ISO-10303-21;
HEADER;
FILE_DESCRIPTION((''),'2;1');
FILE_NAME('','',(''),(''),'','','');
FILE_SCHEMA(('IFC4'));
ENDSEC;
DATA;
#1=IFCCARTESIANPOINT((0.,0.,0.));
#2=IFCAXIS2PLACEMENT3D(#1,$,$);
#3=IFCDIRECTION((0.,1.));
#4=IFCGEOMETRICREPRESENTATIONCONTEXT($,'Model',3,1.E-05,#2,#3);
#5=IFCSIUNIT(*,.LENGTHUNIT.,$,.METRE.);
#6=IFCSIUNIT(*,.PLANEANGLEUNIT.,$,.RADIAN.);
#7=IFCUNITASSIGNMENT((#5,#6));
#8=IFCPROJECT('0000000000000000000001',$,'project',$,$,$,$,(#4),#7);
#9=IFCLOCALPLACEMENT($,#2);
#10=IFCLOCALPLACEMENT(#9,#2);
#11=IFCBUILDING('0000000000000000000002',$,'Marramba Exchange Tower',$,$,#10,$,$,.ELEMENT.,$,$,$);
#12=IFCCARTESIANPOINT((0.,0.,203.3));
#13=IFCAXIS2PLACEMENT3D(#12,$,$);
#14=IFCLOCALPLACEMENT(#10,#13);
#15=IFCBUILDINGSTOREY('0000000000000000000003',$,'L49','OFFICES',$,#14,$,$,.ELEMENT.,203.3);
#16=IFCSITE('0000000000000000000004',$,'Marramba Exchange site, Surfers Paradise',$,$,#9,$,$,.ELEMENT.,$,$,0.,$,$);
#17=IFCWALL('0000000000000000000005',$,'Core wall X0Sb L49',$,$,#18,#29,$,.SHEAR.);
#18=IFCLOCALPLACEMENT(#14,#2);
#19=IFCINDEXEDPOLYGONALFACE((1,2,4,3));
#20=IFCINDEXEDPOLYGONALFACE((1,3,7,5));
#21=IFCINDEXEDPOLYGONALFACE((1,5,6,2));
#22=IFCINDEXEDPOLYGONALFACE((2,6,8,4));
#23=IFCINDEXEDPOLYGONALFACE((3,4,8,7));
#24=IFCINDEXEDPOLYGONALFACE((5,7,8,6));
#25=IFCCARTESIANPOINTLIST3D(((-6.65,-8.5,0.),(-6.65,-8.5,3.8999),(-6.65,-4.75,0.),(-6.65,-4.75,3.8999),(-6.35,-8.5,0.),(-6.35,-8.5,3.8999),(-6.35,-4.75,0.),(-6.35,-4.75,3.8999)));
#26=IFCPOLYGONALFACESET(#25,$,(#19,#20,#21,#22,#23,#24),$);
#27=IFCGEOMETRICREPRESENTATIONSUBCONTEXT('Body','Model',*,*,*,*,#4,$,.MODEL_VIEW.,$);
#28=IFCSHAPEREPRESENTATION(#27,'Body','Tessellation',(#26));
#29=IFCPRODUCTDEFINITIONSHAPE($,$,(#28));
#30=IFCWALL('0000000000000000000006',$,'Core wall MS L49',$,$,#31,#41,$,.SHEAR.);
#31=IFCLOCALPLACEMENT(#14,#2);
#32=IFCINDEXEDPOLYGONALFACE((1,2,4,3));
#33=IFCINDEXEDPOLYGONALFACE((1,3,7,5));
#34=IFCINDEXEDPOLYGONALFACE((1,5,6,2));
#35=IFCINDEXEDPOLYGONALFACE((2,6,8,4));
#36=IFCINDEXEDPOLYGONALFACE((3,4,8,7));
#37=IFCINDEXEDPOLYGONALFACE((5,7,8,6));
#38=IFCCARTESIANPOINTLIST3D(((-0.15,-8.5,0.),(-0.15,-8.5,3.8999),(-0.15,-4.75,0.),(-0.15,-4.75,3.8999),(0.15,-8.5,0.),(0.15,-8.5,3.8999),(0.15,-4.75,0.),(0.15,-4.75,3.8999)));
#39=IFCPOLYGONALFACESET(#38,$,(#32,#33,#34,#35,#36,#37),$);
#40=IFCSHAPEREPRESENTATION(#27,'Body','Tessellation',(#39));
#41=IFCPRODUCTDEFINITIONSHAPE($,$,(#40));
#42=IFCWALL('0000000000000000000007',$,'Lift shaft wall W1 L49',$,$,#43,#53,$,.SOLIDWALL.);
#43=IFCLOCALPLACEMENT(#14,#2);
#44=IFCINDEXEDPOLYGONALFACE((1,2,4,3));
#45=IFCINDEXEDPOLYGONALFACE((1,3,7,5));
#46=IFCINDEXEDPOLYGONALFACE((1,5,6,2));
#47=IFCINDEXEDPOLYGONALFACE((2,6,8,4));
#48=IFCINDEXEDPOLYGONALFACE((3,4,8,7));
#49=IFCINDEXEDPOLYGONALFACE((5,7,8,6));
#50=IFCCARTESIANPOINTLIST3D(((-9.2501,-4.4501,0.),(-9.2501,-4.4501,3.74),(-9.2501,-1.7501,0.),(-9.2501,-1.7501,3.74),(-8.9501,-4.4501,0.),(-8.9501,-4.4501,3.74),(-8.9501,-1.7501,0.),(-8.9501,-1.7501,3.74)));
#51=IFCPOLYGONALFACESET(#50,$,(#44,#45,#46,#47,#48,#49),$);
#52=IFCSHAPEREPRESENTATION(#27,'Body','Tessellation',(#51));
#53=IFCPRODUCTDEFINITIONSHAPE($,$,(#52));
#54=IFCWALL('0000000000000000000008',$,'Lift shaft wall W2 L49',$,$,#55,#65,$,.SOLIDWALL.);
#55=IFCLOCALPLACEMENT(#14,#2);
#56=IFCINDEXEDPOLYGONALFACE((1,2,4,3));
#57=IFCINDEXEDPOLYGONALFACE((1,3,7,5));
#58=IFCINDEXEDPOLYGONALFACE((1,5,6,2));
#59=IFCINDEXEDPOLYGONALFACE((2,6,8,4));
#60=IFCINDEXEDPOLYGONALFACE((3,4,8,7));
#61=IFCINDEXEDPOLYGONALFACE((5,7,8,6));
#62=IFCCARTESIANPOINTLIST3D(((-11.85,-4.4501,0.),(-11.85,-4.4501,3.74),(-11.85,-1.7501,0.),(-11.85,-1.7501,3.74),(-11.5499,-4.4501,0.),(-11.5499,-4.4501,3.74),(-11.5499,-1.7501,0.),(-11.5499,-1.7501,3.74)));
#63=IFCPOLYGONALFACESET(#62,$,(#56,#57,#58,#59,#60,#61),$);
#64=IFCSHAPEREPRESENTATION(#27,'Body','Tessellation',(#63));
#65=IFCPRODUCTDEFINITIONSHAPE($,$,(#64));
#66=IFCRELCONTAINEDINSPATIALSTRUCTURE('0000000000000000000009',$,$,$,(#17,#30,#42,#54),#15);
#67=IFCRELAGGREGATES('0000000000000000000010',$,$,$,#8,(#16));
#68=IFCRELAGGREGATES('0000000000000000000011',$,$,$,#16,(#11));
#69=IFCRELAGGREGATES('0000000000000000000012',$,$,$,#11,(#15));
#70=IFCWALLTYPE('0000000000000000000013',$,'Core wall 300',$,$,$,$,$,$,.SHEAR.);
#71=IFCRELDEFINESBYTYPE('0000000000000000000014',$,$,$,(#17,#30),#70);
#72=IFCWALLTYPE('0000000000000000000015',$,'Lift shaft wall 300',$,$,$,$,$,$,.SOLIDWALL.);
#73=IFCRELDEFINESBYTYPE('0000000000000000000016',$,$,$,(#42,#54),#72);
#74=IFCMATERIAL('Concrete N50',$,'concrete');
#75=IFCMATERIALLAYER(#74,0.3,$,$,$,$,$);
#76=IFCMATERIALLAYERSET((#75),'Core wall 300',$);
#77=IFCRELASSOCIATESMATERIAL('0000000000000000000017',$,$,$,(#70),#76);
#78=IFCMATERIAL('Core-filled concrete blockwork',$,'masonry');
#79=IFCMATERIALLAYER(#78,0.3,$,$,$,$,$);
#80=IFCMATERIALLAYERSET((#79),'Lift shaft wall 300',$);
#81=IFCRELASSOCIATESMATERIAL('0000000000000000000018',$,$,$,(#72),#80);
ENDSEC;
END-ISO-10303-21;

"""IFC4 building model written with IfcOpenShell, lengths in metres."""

from ifc_helpers import new_model, si_unit, direction, frame, frame_2d, origin, place, context, subcontext, project, spatial, rectangle, extrude, material, layer, layer_set, type_object, element, save


model = new_model("IFC4")

# Units and contexts
model_context = context("Model", 3, precision=1e-05, world=origin(), true_north=direction((0.0, 1.0)))
body_context = subcontext(model_context, "Body", "Model", "MODEL_VIEW")
ifc_project = project(units=[si_unit("LENGTHUNIT", "METRE"), si_unit("PLANEANGLEUNIT", "RADIAN")], contexts=[model_context])

# Site, building, storey
site_placement = place(None, origin())
site = spatial("IfcSite", under=ifc_project, at=site_placement, Name="Marramba Exchange site, Surfers Paradise", CompositionType="ELEMENT", RefElevation=0.0)
building_placement = place(site_placement, origin())
building = spatial("IfcBuilding", under=site, at=building_placement, Name="Marramba Exchange Tower", CompositionType="ELEMENT")
storey_placement = place(building_placement, frame((0.0, 0.0, 203.3)))
storey = spatial("IfcBuildingStorey", under=building, at=storey_placement, Name="L49", Description="OFFICES", CompositionType="ELEMENT", Elevation=203.3)

# Shared definitions
ifc_material_1 = material(Name="Concrete N50", Category="concrete")

# Shared definitions
ifc_layer_1 = layer(ifc_material_1, 0.3)
ifc_layer_set_1 = layer_set([ifc_layer_1], Name="Core wall 300")
wall_type_1 = type_object("IfcWallType", Name="Core wall 300", PredefinedType="SHEAR", material=ifc_layer_set_1)

# Walls
for number, where, z_axis, x_axis, name in (
    (1, (-6.5, -4.75, 0.0), (0.0, 0.0, 1.0), (0.0, -1.0, 0.0), "Core wall X0Sb L49"),
    (2, (0.0, -4.75, 0.0), (0.0, 0.0, 1.0), (0.0, -1.0, 0.0), "Core wall MS L49"),
):
    element("IfcWall", number, at=place(storey_placement, frame(where, z_axis=z_axis, x_axis=x_axis)), inside=storey, type_object=wall_type_1, Name=name, PredefinedType="SHEAR", context=body_context, shape_type="SweptSolid", body=[
        extrude(rectangle(XDim=3.75, YDim=0.3, at=frame_2d((1.875, 0.0))), origin(), (0.0, 0.0, 1.0), 3.8999),
    ])
ifc_material_2 = material(Name="Core-filled concrete blockwork", Category="masonry")
ifc_layer_2 = layer(ifc_material_2, 0.3)
ifc_layer_set_2 = layer_set([ifc_layer_2], Name="Lift shaft wall 300")
wall_type_2 = type_object("IfcWallType", Name="Lift shaft wall 300", PredefinedType="SOLIDWALL", material=ifc_layer_set_2)
for number, where, z_axis, x_axis, name in (
    (3, (-9.1001, -1.75, 0.0), (0.0, 0.0, 1.0), (0.0, -1.0, 0.0), "Lift shaft wall W1 L49"),
    (4, (-11.7, -1.75, 0.0), (0.0, 0.0, 1.0), (0.0, -1.0, 0.0), "Lift shaft wall W2 L49"),
):
    element("IfcWall", number, at=place(storey_placement, frame(where, z_axis=z_axis, x_axis=x_axis)), inside=storey, type_object=wall_type_2, Name=name, PredefinedType="SOLIDWALL", context=body_context, shape_type="SweptSolid", body=[
        extrude(rectangle(XDim=2.7, YDim=0.3, at=frame_2d((1.3501, 0.0))), origin(), (0.0, 0.0, 1.0), 3.74),
    ])

save(model, "model.ifc")
